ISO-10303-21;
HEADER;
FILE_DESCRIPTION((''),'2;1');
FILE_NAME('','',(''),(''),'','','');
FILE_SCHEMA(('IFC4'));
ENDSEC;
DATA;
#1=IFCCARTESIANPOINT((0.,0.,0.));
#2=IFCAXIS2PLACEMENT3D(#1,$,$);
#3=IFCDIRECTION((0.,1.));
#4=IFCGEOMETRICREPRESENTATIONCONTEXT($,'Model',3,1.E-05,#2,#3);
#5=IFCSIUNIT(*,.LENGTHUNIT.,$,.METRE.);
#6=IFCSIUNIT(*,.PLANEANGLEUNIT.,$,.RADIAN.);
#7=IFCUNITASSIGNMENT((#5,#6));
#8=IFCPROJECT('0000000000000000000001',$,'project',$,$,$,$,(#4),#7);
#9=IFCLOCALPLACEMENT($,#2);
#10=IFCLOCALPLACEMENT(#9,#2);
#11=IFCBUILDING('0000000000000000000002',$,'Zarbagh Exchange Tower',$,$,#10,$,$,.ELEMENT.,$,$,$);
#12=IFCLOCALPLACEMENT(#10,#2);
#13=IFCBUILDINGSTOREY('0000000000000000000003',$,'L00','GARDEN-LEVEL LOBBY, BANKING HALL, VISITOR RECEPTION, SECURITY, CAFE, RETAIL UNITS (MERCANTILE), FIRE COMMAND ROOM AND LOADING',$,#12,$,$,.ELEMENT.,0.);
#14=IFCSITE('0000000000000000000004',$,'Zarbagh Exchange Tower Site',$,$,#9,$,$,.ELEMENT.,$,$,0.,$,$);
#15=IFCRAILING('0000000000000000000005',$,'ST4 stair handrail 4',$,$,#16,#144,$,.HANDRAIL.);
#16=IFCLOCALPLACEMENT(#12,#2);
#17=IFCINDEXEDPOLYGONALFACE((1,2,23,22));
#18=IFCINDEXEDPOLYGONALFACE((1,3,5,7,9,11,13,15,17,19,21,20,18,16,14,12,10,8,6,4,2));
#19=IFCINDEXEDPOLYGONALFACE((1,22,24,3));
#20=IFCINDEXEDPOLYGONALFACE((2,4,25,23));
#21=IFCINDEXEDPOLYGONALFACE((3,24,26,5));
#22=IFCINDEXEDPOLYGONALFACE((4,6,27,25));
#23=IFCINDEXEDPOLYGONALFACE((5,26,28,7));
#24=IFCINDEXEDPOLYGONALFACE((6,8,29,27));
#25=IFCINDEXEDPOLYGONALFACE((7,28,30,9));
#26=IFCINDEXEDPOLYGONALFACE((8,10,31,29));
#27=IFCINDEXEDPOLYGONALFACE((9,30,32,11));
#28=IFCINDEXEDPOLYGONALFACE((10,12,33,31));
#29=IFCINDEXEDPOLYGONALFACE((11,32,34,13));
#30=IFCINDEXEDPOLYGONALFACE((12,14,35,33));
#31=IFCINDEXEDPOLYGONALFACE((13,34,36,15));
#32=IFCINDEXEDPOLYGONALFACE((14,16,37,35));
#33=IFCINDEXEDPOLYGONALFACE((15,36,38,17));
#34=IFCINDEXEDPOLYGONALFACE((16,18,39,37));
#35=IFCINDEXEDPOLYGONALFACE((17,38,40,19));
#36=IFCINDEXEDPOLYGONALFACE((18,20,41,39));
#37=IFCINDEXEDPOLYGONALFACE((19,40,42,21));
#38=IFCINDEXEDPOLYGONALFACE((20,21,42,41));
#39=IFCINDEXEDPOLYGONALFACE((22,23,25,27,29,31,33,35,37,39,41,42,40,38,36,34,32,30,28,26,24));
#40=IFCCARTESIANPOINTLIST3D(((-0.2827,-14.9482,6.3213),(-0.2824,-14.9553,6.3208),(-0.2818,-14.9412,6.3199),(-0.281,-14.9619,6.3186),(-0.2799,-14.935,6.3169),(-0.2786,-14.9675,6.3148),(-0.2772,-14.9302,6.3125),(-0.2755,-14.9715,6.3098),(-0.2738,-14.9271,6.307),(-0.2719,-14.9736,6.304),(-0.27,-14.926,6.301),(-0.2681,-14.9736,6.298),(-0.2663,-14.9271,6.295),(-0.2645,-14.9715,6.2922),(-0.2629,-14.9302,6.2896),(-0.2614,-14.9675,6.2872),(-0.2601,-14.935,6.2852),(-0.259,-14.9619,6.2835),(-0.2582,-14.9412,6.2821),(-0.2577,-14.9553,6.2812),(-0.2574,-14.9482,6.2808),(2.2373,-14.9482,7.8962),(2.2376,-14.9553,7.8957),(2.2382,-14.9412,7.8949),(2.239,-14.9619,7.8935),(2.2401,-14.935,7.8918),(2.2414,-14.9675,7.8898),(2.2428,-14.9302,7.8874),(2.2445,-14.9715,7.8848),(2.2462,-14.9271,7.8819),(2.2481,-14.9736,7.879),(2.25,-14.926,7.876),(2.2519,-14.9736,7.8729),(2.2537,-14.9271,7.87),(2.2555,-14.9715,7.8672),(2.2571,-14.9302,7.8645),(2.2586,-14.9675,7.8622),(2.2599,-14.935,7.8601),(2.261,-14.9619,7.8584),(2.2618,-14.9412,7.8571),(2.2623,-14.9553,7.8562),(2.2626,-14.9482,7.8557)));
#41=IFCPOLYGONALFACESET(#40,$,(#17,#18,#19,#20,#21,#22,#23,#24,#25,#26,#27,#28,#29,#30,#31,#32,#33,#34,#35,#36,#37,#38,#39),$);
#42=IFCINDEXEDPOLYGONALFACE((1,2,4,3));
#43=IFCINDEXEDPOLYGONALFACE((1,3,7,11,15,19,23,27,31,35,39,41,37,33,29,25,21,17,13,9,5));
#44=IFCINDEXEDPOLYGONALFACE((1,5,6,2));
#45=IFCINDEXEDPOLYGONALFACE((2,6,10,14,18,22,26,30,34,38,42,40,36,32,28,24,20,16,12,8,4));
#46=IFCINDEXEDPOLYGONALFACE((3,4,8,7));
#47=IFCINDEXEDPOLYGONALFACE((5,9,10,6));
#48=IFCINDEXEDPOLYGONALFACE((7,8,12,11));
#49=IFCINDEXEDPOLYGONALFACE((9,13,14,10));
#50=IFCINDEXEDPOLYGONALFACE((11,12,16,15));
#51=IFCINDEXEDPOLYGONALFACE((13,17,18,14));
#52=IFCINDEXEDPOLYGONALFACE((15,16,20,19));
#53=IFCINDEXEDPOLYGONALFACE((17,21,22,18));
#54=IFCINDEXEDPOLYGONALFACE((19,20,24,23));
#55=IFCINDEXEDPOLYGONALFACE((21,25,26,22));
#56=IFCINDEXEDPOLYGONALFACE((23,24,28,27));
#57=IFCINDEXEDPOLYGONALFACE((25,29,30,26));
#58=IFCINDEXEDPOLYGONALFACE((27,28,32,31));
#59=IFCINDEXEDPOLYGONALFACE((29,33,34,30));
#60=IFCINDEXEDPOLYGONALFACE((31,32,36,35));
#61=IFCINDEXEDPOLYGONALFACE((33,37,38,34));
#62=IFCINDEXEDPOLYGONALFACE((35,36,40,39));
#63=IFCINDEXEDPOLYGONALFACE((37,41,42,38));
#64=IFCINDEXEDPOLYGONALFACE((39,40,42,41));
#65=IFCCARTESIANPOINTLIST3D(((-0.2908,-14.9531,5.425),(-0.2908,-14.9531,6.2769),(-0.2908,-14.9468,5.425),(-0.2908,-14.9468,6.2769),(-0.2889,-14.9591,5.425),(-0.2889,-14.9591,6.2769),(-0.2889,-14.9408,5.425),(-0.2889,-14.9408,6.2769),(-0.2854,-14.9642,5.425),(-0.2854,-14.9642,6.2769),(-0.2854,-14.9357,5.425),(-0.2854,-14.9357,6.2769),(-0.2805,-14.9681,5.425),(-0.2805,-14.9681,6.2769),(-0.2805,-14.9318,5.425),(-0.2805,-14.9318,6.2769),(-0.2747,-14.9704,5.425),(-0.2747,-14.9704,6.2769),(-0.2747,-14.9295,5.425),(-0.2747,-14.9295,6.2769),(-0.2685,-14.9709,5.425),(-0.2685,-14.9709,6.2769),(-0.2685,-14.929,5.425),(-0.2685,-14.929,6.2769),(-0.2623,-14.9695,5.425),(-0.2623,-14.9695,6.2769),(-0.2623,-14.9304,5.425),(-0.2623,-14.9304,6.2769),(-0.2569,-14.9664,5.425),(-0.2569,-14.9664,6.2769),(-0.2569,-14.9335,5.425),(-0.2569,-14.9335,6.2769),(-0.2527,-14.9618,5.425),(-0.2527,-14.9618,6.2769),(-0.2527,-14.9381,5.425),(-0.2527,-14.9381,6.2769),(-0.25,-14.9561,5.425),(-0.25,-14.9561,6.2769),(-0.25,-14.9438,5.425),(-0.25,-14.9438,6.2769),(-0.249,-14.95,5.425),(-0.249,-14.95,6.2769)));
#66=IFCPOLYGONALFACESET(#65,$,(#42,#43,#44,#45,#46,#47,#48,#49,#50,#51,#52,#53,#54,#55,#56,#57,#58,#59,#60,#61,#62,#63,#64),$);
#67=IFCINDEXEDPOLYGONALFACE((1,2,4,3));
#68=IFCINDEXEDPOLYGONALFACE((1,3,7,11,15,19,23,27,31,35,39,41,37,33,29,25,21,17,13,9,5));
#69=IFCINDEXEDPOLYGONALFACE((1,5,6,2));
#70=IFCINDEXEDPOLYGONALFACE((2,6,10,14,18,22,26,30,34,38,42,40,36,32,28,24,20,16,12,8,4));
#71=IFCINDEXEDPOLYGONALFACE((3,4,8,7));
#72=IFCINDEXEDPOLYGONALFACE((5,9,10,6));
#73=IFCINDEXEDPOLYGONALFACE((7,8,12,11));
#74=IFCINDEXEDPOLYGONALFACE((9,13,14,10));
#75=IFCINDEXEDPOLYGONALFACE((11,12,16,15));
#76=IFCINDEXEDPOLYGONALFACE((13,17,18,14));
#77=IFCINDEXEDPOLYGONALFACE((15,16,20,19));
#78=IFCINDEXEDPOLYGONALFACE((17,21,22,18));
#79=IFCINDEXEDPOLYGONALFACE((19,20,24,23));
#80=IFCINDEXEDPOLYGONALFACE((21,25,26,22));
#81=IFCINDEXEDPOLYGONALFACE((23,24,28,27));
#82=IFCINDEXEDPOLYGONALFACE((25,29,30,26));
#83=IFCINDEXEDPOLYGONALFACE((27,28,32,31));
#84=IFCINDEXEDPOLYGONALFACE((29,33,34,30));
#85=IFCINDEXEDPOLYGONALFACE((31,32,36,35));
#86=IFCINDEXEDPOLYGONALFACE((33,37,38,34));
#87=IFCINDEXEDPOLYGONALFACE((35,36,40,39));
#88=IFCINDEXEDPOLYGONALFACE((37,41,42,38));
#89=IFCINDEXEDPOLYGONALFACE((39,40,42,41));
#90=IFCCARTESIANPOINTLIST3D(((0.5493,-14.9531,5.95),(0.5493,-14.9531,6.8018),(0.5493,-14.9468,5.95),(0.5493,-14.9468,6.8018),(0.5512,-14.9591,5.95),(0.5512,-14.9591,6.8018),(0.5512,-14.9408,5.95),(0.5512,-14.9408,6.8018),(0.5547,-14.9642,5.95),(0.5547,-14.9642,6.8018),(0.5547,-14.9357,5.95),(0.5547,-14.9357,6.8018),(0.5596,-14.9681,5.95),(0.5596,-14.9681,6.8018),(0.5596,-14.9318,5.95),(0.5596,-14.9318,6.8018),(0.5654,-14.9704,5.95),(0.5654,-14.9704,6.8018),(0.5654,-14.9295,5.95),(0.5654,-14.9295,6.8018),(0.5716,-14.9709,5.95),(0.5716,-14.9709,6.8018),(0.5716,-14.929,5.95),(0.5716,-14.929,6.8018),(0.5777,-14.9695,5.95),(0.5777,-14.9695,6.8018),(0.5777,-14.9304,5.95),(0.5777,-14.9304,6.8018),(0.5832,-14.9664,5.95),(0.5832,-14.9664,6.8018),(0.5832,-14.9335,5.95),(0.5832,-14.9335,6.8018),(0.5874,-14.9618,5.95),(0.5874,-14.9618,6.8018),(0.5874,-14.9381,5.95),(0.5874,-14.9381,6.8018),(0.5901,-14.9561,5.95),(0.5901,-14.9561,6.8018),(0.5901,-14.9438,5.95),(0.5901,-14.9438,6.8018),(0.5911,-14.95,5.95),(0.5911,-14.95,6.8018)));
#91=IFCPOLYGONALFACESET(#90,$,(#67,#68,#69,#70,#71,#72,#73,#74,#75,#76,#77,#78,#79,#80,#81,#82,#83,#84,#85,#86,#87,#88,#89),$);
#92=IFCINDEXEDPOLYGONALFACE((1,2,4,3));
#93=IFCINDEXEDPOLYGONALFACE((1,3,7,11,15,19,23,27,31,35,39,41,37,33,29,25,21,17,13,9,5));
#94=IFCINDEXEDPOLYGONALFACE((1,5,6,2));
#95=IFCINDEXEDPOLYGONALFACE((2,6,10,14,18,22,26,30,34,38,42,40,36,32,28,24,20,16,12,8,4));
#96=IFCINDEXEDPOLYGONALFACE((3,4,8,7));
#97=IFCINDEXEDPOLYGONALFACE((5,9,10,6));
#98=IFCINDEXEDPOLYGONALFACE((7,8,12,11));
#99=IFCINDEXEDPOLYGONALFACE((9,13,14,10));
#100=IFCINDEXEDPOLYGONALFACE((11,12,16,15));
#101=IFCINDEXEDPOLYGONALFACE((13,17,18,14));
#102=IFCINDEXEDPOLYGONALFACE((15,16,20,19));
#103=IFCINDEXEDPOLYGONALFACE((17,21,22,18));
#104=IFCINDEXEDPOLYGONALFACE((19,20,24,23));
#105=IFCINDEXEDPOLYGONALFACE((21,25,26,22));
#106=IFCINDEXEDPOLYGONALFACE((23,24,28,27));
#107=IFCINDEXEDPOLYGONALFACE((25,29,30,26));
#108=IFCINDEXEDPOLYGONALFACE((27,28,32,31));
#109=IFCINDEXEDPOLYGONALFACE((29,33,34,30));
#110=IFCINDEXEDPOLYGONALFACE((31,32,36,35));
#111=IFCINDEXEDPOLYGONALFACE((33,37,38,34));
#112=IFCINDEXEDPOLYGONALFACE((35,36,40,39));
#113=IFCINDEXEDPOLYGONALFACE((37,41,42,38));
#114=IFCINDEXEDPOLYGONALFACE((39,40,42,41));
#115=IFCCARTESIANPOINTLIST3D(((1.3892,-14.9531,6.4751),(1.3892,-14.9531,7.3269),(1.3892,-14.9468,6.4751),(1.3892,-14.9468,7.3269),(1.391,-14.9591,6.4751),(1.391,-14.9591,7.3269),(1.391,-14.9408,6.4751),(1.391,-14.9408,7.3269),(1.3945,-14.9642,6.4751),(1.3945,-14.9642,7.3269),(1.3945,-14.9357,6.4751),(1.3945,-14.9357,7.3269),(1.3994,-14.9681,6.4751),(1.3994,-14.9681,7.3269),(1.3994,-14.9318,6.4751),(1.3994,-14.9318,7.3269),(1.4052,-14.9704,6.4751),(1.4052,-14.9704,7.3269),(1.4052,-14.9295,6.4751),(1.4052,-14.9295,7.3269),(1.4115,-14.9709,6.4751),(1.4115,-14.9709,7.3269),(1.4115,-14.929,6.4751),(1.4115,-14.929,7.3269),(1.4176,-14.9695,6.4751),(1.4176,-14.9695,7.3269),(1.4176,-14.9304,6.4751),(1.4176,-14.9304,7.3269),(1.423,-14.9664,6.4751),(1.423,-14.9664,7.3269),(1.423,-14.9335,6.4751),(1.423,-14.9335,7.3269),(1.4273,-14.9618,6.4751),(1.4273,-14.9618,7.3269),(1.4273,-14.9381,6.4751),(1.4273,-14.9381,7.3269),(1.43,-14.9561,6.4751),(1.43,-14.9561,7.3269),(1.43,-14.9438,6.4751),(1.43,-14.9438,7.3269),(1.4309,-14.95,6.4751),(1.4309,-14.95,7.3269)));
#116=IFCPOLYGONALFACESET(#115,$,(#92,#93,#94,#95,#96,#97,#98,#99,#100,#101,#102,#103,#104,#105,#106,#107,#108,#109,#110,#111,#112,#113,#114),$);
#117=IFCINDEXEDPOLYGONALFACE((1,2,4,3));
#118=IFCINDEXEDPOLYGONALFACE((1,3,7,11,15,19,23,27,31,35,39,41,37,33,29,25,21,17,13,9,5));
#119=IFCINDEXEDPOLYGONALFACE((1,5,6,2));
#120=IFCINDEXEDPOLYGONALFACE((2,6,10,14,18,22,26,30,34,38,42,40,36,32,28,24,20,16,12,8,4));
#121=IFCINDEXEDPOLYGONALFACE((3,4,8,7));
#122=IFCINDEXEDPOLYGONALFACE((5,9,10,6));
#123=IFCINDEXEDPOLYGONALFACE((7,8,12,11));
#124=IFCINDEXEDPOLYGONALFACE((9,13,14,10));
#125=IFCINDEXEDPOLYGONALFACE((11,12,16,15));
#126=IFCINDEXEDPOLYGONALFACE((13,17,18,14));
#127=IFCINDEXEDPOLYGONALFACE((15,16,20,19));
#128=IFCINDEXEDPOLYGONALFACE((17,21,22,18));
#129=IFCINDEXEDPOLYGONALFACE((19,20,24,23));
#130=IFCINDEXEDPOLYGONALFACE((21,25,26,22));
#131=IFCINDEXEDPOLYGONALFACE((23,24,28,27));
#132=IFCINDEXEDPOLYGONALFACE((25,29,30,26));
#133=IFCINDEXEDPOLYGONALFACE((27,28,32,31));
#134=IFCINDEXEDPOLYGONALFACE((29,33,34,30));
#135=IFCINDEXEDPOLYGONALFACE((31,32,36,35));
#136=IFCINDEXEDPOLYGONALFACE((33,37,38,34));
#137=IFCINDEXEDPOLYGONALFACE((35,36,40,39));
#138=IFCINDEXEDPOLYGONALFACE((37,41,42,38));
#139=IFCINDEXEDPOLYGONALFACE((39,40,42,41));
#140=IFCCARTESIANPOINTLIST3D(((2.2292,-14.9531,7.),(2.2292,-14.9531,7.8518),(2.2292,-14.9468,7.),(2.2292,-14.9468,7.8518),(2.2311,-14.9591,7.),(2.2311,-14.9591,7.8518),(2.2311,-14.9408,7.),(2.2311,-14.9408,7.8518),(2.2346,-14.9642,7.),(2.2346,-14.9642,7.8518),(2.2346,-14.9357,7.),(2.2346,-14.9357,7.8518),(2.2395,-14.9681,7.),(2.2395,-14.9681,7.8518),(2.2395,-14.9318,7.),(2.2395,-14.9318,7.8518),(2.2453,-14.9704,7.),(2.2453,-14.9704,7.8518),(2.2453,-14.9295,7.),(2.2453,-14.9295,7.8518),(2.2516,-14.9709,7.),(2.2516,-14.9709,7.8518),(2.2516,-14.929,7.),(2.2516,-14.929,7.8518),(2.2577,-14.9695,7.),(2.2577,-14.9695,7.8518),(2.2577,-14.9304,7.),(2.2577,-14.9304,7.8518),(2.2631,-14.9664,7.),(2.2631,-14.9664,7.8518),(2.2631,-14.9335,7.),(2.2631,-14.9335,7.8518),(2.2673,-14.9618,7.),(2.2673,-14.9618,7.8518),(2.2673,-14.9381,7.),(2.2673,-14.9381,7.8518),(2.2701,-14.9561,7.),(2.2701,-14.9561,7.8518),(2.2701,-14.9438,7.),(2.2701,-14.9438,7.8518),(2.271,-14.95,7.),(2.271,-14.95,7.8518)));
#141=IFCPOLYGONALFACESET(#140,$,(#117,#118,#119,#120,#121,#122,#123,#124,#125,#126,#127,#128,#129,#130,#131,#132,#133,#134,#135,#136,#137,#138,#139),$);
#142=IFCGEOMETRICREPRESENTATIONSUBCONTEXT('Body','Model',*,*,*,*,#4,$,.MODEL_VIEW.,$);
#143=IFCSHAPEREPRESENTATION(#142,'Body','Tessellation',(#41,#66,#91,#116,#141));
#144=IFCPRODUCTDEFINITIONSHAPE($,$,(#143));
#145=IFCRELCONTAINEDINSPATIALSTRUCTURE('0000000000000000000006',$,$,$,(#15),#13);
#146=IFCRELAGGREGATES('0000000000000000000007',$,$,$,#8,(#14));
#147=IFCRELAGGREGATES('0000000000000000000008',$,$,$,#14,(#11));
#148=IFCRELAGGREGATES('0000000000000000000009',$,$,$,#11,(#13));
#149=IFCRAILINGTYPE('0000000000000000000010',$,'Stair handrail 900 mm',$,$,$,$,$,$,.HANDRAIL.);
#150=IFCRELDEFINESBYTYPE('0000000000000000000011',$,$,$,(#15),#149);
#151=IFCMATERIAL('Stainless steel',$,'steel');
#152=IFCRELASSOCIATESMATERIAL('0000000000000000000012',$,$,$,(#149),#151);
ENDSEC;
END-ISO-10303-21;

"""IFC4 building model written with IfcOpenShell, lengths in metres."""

from ifc_helpers import new_model, si_unit, direction, frame, origin, origin_2d, place, context, subcontext, project, spatial, circle, extrude, material, type_object, element, save


model = new_model("IFC4")

# Units and contexts
model_context = context("Model", 3, precision=1e-05, world=origin(), true_north=direction((0.0, 1.0)))
body_context = subcontext(model_context, "Body", "Model", "MODEL_VIEW")
ifc_project = project(units=[si_unit("LENGTHUNIT", "METRE"), si_unit("PLANEANGLEUNIT", "RADIAN")], contexts=[model_context])

# Site, building, storey
site_placement = place(None, origin())
site = spatial("IfcSite", under=ifc_project, at=site_placement, Name="Zarbagh Exchange Tower Site", CompositionType="ELEMENT", RefElevation=0.0)
building_placement = place(site_placement, origin())
building = spatial("IfcBuilding", under=site, at=building_placement, Name="Zarbagh Exchange Tower", CompositionType="ELEMENT")
storey_placement = place(building_placement, origin())
storey = spatial("IfcBuildingStorey", under=building, at=storey_placement, Name="L00", Description="GARDEN-LEVEL LOBBY, BANKING HALL, VISITOR RECEPTION, SECURITY, CAFE, RETAIL UNITS (MERCANTILE), FIRE COMMAND ROOM AND LOADING", CompositionType="ELEMENT", Elevation=0.0)

# Railing
ifc_material_1 = material(Name="Stainless steel", Category="steel")
railing_type_1 = type_object("IfcRailingType", Name="Stair handrail 900 mm", PredefinedType="HANDRAIL", material=ifc_material_1)
for number, where, name in (
    (1, (-0.27, -14.95, 5.425), "ST4 stair handrail 4"),
):
    element("IfcRailing", number, at=place(storey_placement, frame(where)), inside=storey, type_object=railing_type_1, Name=name, PredefinedType="HANDRAIL", context=body_context, shape_type="SweptSolid", body=[
        extrude(circle(Radius=0.0239, at=origin_2d()), frame((0.0, 0.0, 0.876), z_axis=(0.848008, 0.0, 0.529984), x_axis=(0.0, 1.0, 0.0)), (0.0, 0.0, 1.0), 2.9717),
        extrude(circle(Radius=0.021, at=origin_2d()), origin(), (0.0, 0.0, 1.0), 0.8518),
        extrude(circle(Radius=0.021, at=origin_2d()), frame((0.8401, 0.0, 0.5249)), (0.0, 0.0, 1.0), 0.8518),
        extrude(circle(Radius=0.021, at=origin_2d()), frame((1.6799, 0.0, 1.05)), (0.0, 0.0, 1.0), 0.8518),
        extrude(circle(Radius=0.021, at=origin_2d()), frame((2.52, 0.0, 1.575)), (0.0, 0.0, 1.0), 0.8518),
    ])

save(model, "model.ifc")
